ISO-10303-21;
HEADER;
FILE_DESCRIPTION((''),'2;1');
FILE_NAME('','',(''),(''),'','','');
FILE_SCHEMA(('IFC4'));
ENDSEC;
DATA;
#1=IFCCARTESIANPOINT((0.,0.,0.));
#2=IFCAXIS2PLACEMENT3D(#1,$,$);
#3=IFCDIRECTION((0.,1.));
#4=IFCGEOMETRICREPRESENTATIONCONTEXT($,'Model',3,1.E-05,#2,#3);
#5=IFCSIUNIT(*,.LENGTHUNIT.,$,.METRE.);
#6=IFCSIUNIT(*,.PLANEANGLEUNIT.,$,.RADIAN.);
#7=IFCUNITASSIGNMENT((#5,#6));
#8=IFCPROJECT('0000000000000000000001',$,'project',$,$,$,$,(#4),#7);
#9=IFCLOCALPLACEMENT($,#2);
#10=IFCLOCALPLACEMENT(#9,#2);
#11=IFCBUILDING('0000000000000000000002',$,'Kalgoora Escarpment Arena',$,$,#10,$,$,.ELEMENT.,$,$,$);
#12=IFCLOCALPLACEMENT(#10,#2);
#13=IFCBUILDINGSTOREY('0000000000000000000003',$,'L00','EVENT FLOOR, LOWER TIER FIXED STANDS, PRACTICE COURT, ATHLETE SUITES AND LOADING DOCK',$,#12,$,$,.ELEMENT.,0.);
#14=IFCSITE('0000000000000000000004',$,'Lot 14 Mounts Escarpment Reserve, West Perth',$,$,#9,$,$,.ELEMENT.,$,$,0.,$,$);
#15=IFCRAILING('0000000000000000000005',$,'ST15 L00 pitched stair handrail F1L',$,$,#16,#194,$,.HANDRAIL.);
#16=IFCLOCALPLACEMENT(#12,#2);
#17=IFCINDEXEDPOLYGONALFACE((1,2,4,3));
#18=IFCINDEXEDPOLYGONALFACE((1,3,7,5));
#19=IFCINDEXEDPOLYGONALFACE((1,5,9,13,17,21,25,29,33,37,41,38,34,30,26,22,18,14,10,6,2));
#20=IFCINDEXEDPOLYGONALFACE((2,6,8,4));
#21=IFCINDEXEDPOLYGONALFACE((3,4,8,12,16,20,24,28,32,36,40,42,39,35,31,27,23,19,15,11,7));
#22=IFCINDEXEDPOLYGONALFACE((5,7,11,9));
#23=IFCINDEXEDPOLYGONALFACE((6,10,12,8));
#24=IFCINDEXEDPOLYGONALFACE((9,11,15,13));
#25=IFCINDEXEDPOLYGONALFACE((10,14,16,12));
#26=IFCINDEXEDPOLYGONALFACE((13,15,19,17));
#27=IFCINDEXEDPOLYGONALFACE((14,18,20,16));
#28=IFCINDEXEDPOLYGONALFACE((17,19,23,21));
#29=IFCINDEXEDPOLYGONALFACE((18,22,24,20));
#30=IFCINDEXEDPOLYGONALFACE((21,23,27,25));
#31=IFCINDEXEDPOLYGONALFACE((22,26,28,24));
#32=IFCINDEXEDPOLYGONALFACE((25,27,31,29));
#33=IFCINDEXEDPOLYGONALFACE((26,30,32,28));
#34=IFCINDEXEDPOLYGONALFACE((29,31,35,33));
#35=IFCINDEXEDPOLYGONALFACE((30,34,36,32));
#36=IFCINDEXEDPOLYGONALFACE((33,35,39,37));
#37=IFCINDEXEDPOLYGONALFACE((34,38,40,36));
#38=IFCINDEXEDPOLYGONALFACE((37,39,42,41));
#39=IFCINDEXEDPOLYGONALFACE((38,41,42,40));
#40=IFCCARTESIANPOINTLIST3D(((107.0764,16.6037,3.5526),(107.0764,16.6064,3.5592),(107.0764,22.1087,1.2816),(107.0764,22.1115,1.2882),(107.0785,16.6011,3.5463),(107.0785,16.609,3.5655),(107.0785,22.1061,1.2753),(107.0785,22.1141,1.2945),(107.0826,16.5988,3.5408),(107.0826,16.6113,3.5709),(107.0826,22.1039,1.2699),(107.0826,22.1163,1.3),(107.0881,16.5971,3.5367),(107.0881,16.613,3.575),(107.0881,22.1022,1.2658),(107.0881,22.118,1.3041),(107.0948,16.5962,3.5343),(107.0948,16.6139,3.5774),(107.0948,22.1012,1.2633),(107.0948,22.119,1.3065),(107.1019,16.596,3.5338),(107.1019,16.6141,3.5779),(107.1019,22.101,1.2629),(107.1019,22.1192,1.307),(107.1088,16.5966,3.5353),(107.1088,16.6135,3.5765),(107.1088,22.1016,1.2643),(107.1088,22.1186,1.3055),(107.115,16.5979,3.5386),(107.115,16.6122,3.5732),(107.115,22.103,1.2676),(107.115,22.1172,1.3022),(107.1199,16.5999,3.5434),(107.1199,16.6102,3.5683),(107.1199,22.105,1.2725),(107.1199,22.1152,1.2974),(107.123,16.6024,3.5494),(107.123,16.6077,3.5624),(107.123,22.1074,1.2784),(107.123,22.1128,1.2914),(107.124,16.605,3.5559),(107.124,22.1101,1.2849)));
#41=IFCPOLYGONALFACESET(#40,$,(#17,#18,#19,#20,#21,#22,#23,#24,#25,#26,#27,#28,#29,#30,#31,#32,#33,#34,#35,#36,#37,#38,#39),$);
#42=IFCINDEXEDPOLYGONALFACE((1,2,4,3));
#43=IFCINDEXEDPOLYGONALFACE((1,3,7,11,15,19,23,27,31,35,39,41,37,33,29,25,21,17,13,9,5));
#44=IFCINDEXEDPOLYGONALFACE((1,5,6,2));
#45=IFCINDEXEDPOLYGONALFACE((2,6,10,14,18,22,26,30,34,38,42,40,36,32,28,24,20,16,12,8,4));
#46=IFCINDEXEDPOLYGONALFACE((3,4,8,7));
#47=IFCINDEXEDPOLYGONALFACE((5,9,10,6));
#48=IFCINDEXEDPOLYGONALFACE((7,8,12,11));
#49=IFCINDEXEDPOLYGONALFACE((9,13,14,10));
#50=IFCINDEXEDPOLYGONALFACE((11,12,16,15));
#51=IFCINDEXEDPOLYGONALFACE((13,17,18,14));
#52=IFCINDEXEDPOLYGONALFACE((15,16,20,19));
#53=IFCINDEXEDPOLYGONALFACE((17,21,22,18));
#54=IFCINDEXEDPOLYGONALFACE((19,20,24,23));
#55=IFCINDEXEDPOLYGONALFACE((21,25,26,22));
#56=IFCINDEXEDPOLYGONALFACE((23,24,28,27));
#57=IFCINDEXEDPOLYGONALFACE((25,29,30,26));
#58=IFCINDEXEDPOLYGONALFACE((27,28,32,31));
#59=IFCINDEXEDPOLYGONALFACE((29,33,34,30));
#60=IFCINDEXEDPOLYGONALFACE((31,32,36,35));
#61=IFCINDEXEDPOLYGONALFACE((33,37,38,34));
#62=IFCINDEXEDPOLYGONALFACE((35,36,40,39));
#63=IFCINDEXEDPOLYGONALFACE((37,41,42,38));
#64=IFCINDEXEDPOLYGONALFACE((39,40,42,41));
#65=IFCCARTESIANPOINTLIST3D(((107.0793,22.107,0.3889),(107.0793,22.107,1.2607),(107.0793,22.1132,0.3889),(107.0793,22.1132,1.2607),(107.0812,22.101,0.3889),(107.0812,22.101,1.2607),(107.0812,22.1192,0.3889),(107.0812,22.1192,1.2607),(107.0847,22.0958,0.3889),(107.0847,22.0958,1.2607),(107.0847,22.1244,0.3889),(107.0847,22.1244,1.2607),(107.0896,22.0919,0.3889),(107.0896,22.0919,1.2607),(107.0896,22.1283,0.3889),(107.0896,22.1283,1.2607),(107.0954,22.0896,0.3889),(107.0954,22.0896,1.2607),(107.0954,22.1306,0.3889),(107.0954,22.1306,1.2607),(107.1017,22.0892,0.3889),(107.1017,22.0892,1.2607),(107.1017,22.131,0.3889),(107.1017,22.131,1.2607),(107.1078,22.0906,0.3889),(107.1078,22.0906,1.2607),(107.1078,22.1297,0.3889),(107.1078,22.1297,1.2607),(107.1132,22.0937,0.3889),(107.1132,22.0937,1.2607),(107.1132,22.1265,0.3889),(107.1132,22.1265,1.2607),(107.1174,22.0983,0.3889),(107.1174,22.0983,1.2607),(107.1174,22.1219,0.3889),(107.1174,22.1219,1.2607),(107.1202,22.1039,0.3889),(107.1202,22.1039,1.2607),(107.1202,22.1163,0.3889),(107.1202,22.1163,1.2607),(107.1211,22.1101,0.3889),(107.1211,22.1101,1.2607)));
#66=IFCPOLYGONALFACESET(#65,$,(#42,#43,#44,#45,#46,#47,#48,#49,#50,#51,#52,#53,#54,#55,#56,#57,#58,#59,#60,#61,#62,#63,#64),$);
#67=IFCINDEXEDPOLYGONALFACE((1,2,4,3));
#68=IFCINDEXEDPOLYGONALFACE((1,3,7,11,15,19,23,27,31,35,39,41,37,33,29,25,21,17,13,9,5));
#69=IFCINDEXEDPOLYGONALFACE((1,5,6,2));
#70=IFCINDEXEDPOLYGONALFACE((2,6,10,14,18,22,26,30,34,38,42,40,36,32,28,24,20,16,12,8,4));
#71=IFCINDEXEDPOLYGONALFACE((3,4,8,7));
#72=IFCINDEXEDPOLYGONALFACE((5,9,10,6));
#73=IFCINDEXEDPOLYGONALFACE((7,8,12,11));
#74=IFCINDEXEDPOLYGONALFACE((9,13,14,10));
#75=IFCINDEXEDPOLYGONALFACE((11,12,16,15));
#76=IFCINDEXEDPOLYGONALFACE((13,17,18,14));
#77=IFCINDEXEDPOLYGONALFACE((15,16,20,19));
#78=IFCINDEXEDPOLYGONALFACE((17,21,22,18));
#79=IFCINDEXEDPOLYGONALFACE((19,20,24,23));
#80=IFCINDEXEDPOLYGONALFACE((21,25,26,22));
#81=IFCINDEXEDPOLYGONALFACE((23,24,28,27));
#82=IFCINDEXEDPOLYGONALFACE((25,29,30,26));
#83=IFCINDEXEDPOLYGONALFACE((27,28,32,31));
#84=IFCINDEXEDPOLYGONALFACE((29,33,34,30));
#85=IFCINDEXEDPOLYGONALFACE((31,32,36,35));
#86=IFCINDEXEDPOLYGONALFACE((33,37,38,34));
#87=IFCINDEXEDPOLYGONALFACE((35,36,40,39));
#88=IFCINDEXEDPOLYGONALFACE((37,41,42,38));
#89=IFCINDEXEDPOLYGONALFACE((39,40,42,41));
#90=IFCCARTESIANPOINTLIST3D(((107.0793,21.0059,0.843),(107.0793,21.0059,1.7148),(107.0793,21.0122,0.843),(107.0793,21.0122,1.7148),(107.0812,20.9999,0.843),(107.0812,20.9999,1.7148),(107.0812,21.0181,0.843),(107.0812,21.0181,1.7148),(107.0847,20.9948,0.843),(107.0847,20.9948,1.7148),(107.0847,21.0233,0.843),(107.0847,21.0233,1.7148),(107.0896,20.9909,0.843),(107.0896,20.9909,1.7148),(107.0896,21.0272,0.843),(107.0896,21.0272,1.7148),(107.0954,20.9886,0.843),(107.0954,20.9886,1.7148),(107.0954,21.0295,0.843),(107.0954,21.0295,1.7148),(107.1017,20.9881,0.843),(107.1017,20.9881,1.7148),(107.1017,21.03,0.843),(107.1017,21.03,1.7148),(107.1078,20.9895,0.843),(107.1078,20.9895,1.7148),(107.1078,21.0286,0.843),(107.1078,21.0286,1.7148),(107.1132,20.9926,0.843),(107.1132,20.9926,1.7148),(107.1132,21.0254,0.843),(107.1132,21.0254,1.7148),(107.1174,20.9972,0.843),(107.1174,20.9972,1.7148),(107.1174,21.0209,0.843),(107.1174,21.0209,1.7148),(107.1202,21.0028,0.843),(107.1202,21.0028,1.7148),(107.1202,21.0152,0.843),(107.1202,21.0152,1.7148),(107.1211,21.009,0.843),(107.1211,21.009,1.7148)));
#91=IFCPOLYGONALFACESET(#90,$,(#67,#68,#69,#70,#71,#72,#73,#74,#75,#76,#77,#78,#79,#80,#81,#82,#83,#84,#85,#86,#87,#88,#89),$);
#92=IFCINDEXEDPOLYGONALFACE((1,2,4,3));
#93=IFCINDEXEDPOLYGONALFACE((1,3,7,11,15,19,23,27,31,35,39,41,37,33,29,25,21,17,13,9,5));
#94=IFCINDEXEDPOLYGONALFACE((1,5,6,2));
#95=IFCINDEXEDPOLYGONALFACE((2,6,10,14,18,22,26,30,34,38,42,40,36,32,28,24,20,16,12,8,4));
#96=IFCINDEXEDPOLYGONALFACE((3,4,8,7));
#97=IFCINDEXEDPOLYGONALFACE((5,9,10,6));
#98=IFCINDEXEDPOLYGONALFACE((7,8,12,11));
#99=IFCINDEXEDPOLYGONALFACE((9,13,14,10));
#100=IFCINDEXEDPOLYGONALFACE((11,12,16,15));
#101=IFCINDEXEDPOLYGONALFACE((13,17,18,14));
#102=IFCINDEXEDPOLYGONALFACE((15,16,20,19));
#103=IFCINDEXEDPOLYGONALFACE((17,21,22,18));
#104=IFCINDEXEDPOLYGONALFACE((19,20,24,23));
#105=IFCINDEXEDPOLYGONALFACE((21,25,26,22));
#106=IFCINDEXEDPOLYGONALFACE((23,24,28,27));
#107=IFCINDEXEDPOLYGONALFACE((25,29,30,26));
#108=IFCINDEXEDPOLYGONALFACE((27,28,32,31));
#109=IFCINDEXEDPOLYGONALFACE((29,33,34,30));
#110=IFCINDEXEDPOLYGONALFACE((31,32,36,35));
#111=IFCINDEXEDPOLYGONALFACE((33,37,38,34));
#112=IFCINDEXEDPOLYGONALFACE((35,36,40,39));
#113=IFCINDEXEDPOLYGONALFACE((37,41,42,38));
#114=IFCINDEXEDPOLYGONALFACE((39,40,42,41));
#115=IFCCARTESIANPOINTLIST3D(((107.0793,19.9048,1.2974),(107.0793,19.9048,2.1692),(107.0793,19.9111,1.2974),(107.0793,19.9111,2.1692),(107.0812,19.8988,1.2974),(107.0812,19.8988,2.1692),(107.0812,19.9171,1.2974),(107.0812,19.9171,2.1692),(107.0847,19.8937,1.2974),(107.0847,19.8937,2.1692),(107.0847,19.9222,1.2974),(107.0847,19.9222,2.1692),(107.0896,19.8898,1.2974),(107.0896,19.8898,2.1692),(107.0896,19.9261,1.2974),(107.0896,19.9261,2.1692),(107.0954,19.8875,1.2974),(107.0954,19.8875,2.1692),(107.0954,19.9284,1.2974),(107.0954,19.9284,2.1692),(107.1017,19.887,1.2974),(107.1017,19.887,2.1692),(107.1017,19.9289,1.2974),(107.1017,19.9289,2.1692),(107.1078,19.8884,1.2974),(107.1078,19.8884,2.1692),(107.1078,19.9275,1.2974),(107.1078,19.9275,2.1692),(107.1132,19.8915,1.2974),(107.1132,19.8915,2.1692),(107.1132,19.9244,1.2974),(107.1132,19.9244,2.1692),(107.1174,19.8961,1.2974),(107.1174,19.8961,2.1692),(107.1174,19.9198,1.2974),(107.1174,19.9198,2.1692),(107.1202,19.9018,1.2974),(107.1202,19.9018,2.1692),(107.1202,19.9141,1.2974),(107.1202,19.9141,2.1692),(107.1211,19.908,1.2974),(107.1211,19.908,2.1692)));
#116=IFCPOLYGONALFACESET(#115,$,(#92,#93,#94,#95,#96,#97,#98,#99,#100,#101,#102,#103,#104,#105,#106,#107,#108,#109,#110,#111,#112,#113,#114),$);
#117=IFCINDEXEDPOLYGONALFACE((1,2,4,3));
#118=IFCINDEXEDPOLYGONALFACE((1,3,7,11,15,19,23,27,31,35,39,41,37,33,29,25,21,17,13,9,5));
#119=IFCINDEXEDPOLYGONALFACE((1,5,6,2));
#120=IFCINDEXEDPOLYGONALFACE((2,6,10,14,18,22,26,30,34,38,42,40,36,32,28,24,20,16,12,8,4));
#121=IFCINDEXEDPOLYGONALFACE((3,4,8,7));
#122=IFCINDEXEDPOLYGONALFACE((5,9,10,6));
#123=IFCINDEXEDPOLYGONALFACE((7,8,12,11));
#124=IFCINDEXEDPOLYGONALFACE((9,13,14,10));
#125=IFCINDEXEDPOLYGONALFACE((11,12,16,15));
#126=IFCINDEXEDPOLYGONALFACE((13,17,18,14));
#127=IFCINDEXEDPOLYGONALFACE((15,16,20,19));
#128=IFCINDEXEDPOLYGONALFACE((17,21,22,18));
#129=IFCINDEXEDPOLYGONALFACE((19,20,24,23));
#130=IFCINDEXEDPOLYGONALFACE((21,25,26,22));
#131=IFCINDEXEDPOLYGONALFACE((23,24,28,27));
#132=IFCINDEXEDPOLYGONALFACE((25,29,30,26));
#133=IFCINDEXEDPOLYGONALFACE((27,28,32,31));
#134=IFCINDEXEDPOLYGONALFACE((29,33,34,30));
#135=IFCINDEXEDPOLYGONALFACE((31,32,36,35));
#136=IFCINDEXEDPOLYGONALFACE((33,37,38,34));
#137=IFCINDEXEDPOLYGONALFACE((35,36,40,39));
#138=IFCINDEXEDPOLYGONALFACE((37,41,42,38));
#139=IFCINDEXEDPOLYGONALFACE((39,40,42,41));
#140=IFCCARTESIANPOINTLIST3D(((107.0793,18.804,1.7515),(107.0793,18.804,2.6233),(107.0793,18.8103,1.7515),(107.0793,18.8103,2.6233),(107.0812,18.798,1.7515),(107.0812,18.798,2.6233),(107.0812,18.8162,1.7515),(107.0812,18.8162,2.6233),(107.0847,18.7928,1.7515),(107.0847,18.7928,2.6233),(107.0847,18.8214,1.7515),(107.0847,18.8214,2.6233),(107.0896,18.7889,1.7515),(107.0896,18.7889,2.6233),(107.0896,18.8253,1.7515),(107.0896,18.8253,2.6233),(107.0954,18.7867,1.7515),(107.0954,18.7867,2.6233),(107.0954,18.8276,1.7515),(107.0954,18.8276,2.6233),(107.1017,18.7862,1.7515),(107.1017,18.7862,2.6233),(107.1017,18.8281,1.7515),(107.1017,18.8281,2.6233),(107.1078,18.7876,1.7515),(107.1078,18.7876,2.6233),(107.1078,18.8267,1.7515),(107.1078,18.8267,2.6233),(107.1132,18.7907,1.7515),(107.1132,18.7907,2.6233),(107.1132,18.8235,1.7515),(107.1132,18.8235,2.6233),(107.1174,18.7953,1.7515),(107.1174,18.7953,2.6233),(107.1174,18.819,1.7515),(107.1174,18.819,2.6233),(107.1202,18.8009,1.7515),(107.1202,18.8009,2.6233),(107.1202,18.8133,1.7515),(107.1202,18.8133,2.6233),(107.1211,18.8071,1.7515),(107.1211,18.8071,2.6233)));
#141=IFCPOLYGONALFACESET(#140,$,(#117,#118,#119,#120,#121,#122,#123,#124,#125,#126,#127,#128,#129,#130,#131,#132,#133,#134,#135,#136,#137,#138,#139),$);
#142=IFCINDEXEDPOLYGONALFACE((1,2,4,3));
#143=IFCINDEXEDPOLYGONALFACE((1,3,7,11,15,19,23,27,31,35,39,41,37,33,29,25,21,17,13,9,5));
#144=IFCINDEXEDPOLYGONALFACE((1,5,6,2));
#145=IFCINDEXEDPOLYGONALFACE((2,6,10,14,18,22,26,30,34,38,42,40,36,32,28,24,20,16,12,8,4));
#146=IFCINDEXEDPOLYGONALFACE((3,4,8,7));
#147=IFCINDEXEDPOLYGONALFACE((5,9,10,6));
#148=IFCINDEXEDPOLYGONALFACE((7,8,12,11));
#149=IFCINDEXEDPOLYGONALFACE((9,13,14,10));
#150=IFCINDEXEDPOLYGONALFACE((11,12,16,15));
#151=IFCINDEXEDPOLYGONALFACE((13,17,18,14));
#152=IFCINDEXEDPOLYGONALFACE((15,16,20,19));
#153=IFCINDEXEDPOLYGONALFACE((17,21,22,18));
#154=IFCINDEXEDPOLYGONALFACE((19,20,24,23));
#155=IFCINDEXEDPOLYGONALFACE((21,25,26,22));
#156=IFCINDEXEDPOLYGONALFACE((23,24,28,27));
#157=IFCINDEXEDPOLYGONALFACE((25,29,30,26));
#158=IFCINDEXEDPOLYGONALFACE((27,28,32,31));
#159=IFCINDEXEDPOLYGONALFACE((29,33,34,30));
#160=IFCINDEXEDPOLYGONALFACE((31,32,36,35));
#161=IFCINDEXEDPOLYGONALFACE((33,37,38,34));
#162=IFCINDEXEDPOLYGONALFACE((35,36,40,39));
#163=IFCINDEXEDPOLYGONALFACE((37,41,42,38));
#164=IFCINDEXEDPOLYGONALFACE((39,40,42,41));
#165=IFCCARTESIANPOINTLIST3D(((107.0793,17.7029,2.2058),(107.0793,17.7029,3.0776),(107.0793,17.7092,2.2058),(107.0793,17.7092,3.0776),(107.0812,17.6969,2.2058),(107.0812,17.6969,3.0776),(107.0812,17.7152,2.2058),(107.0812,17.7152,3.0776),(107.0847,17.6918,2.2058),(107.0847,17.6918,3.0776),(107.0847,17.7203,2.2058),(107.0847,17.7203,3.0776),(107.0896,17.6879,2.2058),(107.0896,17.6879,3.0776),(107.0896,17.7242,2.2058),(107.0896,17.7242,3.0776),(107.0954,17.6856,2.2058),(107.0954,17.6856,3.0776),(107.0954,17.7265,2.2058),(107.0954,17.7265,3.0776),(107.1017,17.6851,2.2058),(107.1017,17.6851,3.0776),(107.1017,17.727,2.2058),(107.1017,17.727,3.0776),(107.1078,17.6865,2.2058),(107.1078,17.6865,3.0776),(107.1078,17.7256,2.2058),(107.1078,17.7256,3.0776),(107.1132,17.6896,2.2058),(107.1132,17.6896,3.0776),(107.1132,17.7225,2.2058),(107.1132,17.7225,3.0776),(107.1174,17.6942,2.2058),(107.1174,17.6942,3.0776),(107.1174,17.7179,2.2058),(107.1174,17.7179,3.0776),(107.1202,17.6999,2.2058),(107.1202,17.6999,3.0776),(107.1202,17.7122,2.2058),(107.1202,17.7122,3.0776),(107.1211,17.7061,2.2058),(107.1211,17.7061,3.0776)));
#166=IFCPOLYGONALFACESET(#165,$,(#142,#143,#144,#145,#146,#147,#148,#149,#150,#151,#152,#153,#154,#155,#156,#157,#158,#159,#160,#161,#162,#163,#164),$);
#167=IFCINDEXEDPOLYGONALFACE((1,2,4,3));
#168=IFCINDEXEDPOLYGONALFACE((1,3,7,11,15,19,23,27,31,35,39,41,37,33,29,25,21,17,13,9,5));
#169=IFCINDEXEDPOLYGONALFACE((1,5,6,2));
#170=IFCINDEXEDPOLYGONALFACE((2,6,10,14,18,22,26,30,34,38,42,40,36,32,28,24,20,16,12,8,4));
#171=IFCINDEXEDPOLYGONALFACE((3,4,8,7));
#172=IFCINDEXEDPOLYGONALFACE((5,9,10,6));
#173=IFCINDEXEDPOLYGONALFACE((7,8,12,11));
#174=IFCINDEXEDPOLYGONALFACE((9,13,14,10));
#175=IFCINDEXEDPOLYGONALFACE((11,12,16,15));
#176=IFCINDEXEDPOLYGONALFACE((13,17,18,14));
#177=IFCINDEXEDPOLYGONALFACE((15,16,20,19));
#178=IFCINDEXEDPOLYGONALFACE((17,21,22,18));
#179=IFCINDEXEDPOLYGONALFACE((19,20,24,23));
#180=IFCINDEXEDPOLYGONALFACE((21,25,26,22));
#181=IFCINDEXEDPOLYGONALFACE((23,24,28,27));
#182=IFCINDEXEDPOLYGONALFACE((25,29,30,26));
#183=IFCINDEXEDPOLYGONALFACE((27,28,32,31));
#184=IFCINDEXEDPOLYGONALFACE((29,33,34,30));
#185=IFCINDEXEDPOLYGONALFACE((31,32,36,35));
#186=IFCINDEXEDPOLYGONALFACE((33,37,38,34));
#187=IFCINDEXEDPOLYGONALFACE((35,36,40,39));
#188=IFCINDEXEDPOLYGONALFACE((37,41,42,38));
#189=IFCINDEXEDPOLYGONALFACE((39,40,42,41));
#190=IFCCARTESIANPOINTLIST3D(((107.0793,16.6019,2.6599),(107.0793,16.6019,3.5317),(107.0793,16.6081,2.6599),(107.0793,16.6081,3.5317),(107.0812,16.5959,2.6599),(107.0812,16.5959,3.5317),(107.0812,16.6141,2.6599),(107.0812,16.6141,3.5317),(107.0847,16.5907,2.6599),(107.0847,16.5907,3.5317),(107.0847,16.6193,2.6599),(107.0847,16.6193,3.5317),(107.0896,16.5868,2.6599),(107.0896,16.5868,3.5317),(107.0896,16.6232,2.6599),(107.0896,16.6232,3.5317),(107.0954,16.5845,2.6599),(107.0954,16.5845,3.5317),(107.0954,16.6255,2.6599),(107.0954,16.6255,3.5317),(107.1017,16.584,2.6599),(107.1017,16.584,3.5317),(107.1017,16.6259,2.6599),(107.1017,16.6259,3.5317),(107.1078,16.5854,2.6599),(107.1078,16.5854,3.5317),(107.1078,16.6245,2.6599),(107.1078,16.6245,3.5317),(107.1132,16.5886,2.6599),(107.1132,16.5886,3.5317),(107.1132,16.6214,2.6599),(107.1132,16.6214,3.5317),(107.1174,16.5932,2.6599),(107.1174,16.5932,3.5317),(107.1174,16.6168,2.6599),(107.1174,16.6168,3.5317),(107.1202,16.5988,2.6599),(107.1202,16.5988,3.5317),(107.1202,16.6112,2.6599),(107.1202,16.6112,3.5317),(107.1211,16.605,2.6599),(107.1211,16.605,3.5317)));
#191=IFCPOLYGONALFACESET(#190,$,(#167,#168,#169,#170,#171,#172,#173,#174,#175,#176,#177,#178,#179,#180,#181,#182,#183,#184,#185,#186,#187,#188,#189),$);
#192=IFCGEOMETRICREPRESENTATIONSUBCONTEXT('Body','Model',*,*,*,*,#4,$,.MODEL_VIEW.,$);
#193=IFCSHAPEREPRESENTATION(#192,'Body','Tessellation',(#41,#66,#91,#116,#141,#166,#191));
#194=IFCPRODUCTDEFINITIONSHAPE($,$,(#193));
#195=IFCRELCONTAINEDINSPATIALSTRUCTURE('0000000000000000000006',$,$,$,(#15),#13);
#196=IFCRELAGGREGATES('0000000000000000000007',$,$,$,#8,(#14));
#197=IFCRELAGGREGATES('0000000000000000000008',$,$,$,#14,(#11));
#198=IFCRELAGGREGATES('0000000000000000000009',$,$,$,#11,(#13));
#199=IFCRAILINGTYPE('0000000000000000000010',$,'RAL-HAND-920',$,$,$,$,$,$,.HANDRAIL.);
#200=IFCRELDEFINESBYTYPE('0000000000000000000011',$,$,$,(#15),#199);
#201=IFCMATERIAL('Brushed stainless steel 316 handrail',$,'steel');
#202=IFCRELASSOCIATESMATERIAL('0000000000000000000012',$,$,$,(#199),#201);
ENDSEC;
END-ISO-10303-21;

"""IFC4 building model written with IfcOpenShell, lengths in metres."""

from ifc_helpers import new_model, si_unit, direction, frame, origin, origin_2d, place, context, subcontext, project, spatial, circle, extrude, material, type_object, element, save


model = new_model("IFC4")

# Units and contexts
model_context = context("Model", 3, precision=1e-05, world=origin(), true_north=direction((0.0, 1.0)))
body_context = subcontext(model_context, "Body", "Model", "MODEL_VIEW")
ifc_project = project(units=[si_unit("LENGTHUNIT", "METRE"), si_unit("PLANEANGLEUNIT", "RADIAN")], contexts=[model_context])

# Site, building, storey
site_placement = place(None, origin())
site = spatial("IfcSite", under=ifc_project, at=site_placement, Name="Lot 14 Mounts Escarpment Reserve, West Perth", CompositionType="ELEMENT", RefElevation=0.0)
building_placement = place(site_placement, origin())
building = spatial("IfcBuilding", under=site, at=building_placement, Name="Kalgoora Escarpment Arena", CompositionType="ELEMENT")
storey_placement = place(building_placement, origin())
storey = spatial("IfcBuildingStorey", under=building, at=storey_placement, Name="L00", Description="EVENT FLOOR, LOWER TIER FIXED STANDS, PRACTICE COURT, ATHLETE SUITES AND LOADING DOCK", CompositionType="ELEMENT", Elevation=0.0)

# Railing
ifc_material_1 = material(Name="Brushed stainless steel 316 handrail", Category="steel")
railing_type = type_object("IfcRailingType", Name="RAL-HAND-920", PredefinedType="HANDRAIL", material=ifc_material_1)
railing_1_placement = place(storey_placement, frame((107.1001, 22.1101, 0.3889)))
element("IfcRailing", 1, at=railing_1_placement, inside=storey, type_object=railing_type, Name="ST15 L00 pitched stair handrail F1L", PredefinedType="HANDRAIL", context=body_context, shape_type="SweptSolid", body=[
    extrude(circle(Radius=0.0239, at=origin_2d()), frame((0.0, 0.0, 0.896), z_axis=(0.0, -0.924431, 0.38135), x_axis=(1.0, 0.0, 0.0)), (0.0, 0.0, 1.0), 5.9551),
    extrude(circle(Radius=0.021, at=origin_2d()), origin(), (0.0, 0.0, 1.0), 0.8718),
    extrude(circle(Radius=0.021, at=origin_2d()), frame((0.0, -1.1011, 0.4541)), (0.0, 0.0, 1.0), 0.8718),
    extrude(circle(Radius=0.021, at=origin_2d()), frame((0.0, -2.2021, 0.9084)), (0.0, 0.0, 1.0), 0.8718),
    extrude(circle(Radius=0.021, at=origin_2d()), frame((0.0, -3.303, 1.3625)), (0.0, 0.0, 1.0), 0.8718),
    extrude(circle(Radius=0.021, at=origin_2d()), frame((0.0, -4.4041, 1.8169)), (0.0, 0.0, 1.0), 0.8718),
    extrude(circle(Radius=0.021, at=origin_2d()), frame((0.0, -5.5051, 2.271)), (0.0, 0.0, 1.0), 0.8718),
])

save(model, "model.ifc")
